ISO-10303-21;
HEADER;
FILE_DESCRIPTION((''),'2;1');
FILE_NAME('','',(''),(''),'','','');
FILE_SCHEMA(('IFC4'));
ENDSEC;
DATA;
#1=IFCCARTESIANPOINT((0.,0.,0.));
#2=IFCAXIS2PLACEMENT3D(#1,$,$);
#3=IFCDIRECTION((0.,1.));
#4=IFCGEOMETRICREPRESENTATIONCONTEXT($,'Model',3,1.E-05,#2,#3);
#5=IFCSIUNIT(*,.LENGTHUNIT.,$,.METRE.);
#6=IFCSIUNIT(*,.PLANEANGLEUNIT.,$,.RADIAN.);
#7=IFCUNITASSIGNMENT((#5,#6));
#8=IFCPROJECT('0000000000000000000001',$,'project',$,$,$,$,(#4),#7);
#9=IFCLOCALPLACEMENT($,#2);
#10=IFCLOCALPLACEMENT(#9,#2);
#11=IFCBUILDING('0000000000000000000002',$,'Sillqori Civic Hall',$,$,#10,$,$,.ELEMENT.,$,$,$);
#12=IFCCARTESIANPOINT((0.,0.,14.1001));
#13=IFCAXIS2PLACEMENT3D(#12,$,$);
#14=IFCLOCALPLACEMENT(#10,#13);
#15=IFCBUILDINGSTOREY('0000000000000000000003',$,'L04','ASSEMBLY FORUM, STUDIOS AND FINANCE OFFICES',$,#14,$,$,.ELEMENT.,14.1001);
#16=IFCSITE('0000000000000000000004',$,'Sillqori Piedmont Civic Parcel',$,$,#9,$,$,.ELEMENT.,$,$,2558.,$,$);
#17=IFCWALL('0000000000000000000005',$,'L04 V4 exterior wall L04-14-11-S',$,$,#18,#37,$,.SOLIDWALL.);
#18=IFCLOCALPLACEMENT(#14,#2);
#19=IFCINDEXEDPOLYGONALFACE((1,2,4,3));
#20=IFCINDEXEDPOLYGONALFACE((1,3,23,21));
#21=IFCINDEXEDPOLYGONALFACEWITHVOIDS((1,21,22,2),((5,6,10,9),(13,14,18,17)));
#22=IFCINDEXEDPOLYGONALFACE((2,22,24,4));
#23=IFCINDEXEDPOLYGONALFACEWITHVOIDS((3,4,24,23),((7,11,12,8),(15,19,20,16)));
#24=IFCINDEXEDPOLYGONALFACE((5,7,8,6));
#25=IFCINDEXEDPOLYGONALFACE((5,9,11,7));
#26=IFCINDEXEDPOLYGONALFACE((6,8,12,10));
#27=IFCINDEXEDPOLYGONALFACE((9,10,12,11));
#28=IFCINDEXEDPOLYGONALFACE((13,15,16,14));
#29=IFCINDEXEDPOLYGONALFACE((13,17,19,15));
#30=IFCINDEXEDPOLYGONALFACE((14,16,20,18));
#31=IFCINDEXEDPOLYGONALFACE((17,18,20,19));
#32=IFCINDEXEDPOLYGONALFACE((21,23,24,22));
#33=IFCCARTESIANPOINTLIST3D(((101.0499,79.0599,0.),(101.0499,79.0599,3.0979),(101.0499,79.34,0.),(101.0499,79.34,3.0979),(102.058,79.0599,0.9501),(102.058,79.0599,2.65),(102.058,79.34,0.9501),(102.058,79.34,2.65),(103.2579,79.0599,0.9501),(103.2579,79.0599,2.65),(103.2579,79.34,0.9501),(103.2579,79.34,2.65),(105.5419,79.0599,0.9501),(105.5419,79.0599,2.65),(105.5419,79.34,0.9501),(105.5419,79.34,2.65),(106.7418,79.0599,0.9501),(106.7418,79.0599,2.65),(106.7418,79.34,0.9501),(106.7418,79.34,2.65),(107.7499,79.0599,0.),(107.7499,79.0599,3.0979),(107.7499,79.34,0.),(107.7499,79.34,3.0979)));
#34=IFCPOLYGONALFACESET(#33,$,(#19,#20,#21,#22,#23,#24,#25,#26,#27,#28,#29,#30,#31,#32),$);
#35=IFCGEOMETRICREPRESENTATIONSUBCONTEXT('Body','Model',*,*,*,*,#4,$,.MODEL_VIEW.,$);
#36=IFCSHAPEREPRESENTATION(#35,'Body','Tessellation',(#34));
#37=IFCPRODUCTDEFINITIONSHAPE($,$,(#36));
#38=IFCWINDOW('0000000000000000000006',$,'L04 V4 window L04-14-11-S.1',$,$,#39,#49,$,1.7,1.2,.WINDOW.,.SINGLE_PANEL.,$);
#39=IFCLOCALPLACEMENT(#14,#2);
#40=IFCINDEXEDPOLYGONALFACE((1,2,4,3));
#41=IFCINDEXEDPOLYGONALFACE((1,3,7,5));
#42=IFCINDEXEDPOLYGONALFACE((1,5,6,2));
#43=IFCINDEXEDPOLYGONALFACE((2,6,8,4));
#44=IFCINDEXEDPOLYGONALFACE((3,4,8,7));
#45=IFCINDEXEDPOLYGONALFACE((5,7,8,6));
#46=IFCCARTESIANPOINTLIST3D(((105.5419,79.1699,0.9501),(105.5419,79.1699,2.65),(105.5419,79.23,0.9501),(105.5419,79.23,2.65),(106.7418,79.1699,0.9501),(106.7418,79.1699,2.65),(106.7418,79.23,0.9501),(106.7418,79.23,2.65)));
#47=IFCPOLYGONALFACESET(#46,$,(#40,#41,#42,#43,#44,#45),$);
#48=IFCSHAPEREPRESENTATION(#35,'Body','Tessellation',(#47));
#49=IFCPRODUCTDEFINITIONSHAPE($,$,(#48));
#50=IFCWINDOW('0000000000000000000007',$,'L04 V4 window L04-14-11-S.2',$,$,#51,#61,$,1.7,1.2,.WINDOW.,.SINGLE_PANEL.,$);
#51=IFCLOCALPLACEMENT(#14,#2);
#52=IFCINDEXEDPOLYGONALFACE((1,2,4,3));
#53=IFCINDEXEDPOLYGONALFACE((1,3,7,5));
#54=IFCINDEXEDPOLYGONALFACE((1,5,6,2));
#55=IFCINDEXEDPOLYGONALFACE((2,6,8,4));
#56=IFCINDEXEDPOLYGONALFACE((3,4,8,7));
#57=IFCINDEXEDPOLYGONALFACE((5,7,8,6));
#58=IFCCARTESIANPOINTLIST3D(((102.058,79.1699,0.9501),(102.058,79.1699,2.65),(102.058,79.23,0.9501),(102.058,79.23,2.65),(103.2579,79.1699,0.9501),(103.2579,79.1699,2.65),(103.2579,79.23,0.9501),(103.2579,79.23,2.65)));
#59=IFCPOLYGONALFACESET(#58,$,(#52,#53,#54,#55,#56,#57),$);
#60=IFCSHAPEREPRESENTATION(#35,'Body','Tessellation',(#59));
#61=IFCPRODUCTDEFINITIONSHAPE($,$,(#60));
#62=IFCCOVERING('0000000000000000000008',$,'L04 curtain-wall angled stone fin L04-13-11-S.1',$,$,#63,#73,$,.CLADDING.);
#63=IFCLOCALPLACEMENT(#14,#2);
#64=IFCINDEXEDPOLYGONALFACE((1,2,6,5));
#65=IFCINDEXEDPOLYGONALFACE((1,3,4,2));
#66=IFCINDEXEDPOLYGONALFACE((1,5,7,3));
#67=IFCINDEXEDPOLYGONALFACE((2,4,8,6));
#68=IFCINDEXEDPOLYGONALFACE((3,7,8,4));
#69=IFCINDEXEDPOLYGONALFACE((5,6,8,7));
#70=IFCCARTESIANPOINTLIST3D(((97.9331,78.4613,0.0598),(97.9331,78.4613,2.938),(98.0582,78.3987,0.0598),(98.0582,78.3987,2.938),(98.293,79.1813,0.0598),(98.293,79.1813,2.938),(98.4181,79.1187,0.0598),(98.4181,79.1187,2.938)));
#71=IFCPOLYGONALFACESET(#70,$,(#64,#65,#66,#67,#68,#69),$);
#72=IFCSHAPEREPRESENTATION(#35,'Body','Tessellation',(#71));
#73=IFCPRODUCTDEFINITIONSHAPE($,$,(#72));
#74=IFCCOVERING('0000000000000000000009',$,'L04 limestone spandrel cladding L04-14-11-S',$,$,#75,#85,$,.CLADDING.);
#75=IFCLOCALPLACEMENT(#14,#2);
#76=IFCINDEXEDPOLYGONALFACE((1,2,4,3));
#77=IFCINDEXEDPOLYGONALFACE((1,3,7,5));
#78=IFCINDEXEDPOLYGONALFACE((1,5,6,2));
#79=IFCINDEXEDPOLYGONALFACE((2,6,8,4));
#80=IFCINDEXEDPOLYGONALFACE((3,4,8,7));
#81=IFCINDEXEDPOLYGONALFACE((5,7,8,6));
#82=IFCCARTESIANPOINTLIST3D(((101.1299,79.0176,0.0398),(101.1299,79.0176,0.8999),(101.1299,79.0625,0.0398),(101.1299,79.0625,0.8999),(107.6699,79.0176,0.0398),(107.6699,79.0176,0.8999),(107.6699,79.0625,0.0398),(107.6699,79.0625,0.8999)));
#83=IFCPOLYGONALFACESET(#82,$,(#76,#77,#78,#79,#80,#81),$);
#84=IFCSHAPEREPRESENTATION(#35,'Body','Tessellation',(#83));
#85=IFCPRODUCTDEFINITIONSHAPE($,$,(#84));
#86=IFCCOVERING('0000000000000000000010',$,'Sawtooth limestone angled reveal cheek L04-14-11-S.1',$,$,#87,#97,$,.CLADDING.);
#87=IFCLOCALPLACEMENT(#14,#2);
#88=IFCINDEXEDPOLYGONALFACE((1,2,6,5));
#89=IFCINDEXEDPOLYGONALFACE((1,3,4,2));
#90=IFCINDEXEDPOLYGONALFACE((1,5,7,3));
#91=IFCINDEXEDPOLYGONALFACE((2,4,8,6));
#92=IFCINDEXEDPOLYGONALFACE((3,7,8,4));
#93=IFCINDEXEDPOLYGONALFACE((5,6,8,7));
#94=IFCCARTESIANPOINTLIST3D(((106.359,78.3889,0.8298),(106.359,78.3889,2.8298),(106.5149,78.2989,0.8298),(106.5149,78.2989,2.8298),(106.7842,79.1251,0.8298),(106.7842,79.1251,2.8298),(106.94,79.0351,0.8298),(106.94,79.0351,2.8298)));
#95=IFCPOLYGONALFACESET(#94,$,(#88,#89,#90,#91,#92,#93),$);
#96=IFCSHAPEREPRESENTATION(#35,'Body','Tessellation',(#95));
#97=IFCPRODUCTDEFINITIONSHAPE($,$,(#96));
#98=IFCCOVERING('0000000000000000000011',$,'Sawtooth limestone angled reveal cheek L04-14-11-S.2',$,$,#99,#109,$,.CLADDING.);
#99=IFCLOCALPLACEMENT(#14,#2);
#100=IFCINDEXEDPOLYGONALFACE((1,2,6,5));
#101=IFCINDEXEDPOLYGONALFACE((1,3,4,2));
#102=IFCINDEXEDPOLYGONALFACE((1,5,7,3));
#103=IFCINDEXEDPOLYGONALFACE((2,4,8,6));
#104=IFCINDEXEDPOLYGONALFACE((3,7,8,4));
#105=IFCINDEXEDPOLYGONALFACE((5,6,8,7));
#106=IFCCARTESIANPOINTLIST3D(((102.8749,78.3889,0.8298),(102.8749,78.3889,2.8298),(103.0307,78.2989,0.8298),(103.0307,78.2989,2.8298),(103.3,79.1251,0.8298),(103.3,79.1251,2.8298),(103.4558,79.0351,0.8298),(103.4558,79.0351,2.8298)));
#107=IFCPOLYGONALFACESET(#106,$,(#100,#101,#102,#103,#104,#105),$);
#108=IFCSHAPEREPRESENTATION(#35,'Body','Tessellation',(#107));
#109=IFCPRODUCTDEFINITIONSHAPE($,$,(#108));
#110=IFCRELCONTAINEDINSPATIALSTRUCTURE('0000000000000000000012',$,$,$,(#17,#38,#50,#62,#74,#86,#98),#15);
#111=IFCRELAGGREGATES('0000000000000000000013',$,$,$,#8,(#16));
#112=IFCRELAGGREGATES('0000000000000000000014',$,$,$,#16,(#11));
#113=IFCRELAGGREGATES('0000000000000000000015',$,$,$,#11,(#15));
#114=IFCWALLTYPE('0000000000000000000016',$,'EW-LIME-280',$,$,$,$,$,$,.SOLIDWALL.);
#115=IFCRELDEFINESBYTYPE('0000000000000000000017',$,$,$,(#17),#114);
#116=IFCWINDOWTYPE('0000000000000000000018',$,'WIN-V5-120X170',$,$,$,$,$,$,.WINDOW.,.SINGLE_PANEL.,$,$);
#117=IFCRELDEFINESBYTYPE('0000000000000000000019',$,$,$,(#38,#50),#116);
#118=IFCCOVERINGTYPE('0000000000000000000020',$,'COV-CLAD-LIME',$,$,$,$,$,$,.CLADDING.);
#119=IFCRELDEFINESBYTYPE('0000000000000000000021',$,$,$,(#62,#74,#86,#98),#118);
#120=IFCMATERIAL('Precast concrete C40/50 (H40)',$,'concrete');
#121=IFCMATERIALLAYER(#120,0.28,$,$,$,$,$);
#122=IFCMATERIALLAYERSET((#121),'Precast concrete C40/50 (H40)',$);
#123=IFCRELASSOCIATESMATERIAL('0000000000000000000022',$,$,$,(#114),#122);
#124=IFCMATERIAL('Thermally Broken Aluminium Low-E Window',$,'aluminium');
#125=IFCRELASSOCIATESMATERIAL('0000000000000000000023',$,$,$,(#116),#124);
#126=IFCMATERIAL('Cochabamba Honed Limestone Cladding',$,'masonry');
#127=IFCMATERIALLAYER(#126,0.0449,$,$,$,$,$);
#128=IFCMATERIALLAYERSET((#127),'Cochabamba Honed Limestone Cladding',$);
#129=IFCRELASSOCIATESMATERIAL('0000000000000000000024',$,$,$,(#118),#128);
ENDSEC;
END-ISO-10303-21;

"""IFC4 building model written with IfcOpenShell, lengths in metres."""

from ifc_helpers import new_model, si_unit, direction, frame, frame_2d, origin, place, context, subcontext, project, spatial, rectangle, extrude, material, layer, layer_set, type_object, element, fill, save


model = new_model("IFC4")

# Units and contexts
model_context = context("Model", 3, precision=1e-05, world=origin(), true_north=direction((0.0, 1.0)))
body_context = subcontext(model_context, "Body", "Model", "MODEL_VIEW")
ifc_project = project(units=[si_unit("LENGTHUNIT", "METRE"), si_unit("PLANEANGLEUNIT", "RADIAN")], contexts=[model_context])

# Site, building, storey
site_placement = place(None, origin())
site = spatial("IfcSite", under=ifc_project, at=site_placement, Name="Sillqori Piedmont Civic Parcel", CompositionType="ELEMENT", RefElevation=2558.0)
building_placement = place(site_placement, origin())
building = spatial("IfcBuilding", under=site, at=building_placement, Name="Sillqori Civic Hall", CompositionType="ELEMENT")
storey_placement = place(building_placement, frame((0.0, 0.0, 14.1001)))
storey = spatial("IfcBuildingStorey", under=building, at=storey_placement, Name="L04", Description="ASSEMBLY FORUM, STUDIOS AND FINANCE OFFICES", CompositionType="ELEMENT", Elevation=14.1001)

# Wall, openings, windows
ifc_material_1 = material(Name="Precast concrete C40/50 (H40)", Category="concrete")
ifc_layer_1 = layer(ifc_material_1, 0.28)
ifc_layer_set_1 = layer_set([ifc_layer_1], Name="Precast concrete C40/50 (H40)")
wall_type = type_object("IfcWallType", Name="EW-LIME-280", PredefinedType="SOLIDWALL", material=ifc_layer_set_1)
wall_placement = place(storey_placement, frame((107.75, 79.2, 0.0), z_axis=(0.0, 0.0, 1.0), x_axis=(-1.0, 0.0, 0.0)))
wall = element("IfcWall", 1, at=wall_placement, inside=storey, type_object=wall_type, Name="L04 V4 exterior wall L04-14-11-S", PredefinedType="SOLIDWALL", context=body_context, shape_type="SweptSolid", body=[
    extrude(rectangle(XDim=6.7, YDim=0.28, at=frame_2d((3.3501, 0.0))), origin(), (0.0, 0.0, 1.0), 3.0979),
])
opening_1_placement = place(wall_placement, frame((1.0081, 0.0, 0.95)))
opening_1 = element("IfcOpeningElement", 2, at=opening_1_placement, cuts=wall, PredefinedType="OPENING", context=body_context, shape_type="SweptSolid", body=[
    extrude(rectangle(XDim=1.2, YDim=1.7, at=frame_2d((0.6001, 0.8501))), frame((0.0, 0.1499, 0.0), z_axis=(0.0, -1.0, 0.0), x_axis=(1.0, 0.0, 0.0)), (0.0, 0.0, 1.0), 0.3),
])
opening_2_placement = place(wall_placement, frame((4.4919, 0.0, 0.95)))
opening_2 = element("IfcOpeningElement", 3, at=opening_2_placement, cuts=wall, PredefinedType="OPENING", context=body_context, shape_type="SweptSolid", body=[
    extrude(rectangle(XDim=1.2, YDim=1.7, at=frame_2d((0.6001, 0.8501))), frame((0.0, 0.1499, 0.0), z_axis=(0.0, -1.0, 0.0), x_axis=(1.0, 0.0, 0.0)), (0.0, 0.0, 1.0), 0.3),
])
ifc_material_2 = material(Name="Thermally Broken Aluminium Low-E Window", Category="aluminium")
window_type = type_object("IfcWindowType", Name="WIN-V5-120X170", PartitioningType="SINGLE_PANEL", PredefinedType="WINDOW", material=ifc_material_2)
window_1_placement = place(opening_1_placement, origin())
window_1 = element("IfcWindow", 4, at=window_1_placement, inside=storey, type_object=window_type, Name="L04 V4 window L04-14-11-S.1", OverallHeight=1.7, OverallWidth=1.2, PartitioningType="SINGLE_PANEL", PredefinedType="WINDOW", context=body_context, shape_type="SweptSolid", body=[
    extrude(rectangle(XDim=1.2, YDim=1.7, at=frame_2d((0.6001, 0.8501))), frame((0.0, 0.03, 0.0), z_axis=(0.0, -1.0, 0.0), x_axis=(1.0, 0.0, 0.0)), (0.0, 0.0, 1.0), 0.0601),
])
fill(opening_1, window_1)
window_2_placement = place(opening_2_placement, origin())
window_2 = element("IfcWindow", 5, at=window_2_placement, inside=storey, type_object=window_type, Name="L04 V4 window L04-14-11-S.2", OverallHeight=1.7, OverallWidth=1.2, PartitioningType="SINGLE_PANEL", PredefinedType="WINDOW", context=body_context, shape_type="SweptSolid", body=[
    extrude(rectangle(XDim=1.2, YDim=1.7, at=frame_2d((0.6001, 0.8501))), frame((0.0, 0.03, 0.0), z_axis=(0.0, -1.0, 0.0), x_axis=(1.0, 0.0, 0.0)), (0.0, 0.0, 1.0), 0.0601),
])
fill(opening_2, window_2)

# Coverings
ifc_material_3 = material(Name="Cochabamba Honed Limestone Cladding", Category="masonry")
ifc_layer_2 = layer(ifc_material_3, 0.0449)
ifc_layer_set_2 = layer_set([ifc_layer_2], Name="Cochabamba Honed Limestone Cladding")
covering_type = type_object("IfcCoveringType", Name="COV-CLAD-LIME", PredefinedType="CLADDING", material=ifc_layer_set_2)
covering_1_placement = place(storey_placement, frame((98.3555, 79.1499, 0.0598), z_axis=(0.0, 0.0, 1.0), x_axis=(-0.447092, -0.894488, 0.0)))
element("IfcCovering", 6, at=covering_1_placement, inside=storey, type_object=covering_type, Name="L04 curtain-wall angled stone fin L04-13-11-S.1", PredefinedType="CLADDING", context=body_context, shape_type="SweptSolid", body=[
    extrude(rectangle(XDim=0.8049, YDim=0.1399, at=frame_2d((0.4023, 0.0))), origin(), (0.0, 0.0, 1.0), 2.8782),
])
covering_2_placement = place(storey_placement, frame((107.6699, 79.04, 0.0398), z_axis=(0.0, 0.0, 1.0), x_axis=(-1.0, 0.0, 0.0)))
element("IfcCovering", 7, at=covering_2_placement, inside=storey, type_object=covering_type, Name="L04 limestone spandrel cladding L04-14-11-S", PredefinedType="CLADDING", context=body_context, shape_type="SweptSolid", body=[
    extrude(rectangle(XDim=6.54, YDim=0.0449, at=frame_2d((3.27, 0.0))), origin(), (0.0, 0.0, 1.0), 0.8601),
])
for number, where, z_axis, x_axis, name in (
    (8, (106.8621, 79.0801, 0.8298), (0.0, 0.0, 1.0), (-0.500062, -0.865989, 0.0), "Sawtooth limestone angled reveal cheek L04-14-11-S.1"),
    (9, (103.3779, 79.0801, 0.8298), (0.0, 0.0, 1.0), (-0.500062, -0.865989, 0.0), "Sawtooth limestone angled reveal cheek L04-14-11-S.2"),
):
    element("IfcCovering", number, at=place(storey_placement, frame(where, z_axis=z_axis, x_axis=x_axis)), inside=storey, type_object=covering_type, Name=name, PredefinedType="CLADDING", context=body_context, shape_type="SweptSolid", body=[
        extrude(rectangle(XDim=0.8501, YDim=0.1799, at=frame_2d((0.425, 0.0))), origin(), (0.0, 0.0, 1.0), 2.0),
    ])

save(model, "model.ifc")
